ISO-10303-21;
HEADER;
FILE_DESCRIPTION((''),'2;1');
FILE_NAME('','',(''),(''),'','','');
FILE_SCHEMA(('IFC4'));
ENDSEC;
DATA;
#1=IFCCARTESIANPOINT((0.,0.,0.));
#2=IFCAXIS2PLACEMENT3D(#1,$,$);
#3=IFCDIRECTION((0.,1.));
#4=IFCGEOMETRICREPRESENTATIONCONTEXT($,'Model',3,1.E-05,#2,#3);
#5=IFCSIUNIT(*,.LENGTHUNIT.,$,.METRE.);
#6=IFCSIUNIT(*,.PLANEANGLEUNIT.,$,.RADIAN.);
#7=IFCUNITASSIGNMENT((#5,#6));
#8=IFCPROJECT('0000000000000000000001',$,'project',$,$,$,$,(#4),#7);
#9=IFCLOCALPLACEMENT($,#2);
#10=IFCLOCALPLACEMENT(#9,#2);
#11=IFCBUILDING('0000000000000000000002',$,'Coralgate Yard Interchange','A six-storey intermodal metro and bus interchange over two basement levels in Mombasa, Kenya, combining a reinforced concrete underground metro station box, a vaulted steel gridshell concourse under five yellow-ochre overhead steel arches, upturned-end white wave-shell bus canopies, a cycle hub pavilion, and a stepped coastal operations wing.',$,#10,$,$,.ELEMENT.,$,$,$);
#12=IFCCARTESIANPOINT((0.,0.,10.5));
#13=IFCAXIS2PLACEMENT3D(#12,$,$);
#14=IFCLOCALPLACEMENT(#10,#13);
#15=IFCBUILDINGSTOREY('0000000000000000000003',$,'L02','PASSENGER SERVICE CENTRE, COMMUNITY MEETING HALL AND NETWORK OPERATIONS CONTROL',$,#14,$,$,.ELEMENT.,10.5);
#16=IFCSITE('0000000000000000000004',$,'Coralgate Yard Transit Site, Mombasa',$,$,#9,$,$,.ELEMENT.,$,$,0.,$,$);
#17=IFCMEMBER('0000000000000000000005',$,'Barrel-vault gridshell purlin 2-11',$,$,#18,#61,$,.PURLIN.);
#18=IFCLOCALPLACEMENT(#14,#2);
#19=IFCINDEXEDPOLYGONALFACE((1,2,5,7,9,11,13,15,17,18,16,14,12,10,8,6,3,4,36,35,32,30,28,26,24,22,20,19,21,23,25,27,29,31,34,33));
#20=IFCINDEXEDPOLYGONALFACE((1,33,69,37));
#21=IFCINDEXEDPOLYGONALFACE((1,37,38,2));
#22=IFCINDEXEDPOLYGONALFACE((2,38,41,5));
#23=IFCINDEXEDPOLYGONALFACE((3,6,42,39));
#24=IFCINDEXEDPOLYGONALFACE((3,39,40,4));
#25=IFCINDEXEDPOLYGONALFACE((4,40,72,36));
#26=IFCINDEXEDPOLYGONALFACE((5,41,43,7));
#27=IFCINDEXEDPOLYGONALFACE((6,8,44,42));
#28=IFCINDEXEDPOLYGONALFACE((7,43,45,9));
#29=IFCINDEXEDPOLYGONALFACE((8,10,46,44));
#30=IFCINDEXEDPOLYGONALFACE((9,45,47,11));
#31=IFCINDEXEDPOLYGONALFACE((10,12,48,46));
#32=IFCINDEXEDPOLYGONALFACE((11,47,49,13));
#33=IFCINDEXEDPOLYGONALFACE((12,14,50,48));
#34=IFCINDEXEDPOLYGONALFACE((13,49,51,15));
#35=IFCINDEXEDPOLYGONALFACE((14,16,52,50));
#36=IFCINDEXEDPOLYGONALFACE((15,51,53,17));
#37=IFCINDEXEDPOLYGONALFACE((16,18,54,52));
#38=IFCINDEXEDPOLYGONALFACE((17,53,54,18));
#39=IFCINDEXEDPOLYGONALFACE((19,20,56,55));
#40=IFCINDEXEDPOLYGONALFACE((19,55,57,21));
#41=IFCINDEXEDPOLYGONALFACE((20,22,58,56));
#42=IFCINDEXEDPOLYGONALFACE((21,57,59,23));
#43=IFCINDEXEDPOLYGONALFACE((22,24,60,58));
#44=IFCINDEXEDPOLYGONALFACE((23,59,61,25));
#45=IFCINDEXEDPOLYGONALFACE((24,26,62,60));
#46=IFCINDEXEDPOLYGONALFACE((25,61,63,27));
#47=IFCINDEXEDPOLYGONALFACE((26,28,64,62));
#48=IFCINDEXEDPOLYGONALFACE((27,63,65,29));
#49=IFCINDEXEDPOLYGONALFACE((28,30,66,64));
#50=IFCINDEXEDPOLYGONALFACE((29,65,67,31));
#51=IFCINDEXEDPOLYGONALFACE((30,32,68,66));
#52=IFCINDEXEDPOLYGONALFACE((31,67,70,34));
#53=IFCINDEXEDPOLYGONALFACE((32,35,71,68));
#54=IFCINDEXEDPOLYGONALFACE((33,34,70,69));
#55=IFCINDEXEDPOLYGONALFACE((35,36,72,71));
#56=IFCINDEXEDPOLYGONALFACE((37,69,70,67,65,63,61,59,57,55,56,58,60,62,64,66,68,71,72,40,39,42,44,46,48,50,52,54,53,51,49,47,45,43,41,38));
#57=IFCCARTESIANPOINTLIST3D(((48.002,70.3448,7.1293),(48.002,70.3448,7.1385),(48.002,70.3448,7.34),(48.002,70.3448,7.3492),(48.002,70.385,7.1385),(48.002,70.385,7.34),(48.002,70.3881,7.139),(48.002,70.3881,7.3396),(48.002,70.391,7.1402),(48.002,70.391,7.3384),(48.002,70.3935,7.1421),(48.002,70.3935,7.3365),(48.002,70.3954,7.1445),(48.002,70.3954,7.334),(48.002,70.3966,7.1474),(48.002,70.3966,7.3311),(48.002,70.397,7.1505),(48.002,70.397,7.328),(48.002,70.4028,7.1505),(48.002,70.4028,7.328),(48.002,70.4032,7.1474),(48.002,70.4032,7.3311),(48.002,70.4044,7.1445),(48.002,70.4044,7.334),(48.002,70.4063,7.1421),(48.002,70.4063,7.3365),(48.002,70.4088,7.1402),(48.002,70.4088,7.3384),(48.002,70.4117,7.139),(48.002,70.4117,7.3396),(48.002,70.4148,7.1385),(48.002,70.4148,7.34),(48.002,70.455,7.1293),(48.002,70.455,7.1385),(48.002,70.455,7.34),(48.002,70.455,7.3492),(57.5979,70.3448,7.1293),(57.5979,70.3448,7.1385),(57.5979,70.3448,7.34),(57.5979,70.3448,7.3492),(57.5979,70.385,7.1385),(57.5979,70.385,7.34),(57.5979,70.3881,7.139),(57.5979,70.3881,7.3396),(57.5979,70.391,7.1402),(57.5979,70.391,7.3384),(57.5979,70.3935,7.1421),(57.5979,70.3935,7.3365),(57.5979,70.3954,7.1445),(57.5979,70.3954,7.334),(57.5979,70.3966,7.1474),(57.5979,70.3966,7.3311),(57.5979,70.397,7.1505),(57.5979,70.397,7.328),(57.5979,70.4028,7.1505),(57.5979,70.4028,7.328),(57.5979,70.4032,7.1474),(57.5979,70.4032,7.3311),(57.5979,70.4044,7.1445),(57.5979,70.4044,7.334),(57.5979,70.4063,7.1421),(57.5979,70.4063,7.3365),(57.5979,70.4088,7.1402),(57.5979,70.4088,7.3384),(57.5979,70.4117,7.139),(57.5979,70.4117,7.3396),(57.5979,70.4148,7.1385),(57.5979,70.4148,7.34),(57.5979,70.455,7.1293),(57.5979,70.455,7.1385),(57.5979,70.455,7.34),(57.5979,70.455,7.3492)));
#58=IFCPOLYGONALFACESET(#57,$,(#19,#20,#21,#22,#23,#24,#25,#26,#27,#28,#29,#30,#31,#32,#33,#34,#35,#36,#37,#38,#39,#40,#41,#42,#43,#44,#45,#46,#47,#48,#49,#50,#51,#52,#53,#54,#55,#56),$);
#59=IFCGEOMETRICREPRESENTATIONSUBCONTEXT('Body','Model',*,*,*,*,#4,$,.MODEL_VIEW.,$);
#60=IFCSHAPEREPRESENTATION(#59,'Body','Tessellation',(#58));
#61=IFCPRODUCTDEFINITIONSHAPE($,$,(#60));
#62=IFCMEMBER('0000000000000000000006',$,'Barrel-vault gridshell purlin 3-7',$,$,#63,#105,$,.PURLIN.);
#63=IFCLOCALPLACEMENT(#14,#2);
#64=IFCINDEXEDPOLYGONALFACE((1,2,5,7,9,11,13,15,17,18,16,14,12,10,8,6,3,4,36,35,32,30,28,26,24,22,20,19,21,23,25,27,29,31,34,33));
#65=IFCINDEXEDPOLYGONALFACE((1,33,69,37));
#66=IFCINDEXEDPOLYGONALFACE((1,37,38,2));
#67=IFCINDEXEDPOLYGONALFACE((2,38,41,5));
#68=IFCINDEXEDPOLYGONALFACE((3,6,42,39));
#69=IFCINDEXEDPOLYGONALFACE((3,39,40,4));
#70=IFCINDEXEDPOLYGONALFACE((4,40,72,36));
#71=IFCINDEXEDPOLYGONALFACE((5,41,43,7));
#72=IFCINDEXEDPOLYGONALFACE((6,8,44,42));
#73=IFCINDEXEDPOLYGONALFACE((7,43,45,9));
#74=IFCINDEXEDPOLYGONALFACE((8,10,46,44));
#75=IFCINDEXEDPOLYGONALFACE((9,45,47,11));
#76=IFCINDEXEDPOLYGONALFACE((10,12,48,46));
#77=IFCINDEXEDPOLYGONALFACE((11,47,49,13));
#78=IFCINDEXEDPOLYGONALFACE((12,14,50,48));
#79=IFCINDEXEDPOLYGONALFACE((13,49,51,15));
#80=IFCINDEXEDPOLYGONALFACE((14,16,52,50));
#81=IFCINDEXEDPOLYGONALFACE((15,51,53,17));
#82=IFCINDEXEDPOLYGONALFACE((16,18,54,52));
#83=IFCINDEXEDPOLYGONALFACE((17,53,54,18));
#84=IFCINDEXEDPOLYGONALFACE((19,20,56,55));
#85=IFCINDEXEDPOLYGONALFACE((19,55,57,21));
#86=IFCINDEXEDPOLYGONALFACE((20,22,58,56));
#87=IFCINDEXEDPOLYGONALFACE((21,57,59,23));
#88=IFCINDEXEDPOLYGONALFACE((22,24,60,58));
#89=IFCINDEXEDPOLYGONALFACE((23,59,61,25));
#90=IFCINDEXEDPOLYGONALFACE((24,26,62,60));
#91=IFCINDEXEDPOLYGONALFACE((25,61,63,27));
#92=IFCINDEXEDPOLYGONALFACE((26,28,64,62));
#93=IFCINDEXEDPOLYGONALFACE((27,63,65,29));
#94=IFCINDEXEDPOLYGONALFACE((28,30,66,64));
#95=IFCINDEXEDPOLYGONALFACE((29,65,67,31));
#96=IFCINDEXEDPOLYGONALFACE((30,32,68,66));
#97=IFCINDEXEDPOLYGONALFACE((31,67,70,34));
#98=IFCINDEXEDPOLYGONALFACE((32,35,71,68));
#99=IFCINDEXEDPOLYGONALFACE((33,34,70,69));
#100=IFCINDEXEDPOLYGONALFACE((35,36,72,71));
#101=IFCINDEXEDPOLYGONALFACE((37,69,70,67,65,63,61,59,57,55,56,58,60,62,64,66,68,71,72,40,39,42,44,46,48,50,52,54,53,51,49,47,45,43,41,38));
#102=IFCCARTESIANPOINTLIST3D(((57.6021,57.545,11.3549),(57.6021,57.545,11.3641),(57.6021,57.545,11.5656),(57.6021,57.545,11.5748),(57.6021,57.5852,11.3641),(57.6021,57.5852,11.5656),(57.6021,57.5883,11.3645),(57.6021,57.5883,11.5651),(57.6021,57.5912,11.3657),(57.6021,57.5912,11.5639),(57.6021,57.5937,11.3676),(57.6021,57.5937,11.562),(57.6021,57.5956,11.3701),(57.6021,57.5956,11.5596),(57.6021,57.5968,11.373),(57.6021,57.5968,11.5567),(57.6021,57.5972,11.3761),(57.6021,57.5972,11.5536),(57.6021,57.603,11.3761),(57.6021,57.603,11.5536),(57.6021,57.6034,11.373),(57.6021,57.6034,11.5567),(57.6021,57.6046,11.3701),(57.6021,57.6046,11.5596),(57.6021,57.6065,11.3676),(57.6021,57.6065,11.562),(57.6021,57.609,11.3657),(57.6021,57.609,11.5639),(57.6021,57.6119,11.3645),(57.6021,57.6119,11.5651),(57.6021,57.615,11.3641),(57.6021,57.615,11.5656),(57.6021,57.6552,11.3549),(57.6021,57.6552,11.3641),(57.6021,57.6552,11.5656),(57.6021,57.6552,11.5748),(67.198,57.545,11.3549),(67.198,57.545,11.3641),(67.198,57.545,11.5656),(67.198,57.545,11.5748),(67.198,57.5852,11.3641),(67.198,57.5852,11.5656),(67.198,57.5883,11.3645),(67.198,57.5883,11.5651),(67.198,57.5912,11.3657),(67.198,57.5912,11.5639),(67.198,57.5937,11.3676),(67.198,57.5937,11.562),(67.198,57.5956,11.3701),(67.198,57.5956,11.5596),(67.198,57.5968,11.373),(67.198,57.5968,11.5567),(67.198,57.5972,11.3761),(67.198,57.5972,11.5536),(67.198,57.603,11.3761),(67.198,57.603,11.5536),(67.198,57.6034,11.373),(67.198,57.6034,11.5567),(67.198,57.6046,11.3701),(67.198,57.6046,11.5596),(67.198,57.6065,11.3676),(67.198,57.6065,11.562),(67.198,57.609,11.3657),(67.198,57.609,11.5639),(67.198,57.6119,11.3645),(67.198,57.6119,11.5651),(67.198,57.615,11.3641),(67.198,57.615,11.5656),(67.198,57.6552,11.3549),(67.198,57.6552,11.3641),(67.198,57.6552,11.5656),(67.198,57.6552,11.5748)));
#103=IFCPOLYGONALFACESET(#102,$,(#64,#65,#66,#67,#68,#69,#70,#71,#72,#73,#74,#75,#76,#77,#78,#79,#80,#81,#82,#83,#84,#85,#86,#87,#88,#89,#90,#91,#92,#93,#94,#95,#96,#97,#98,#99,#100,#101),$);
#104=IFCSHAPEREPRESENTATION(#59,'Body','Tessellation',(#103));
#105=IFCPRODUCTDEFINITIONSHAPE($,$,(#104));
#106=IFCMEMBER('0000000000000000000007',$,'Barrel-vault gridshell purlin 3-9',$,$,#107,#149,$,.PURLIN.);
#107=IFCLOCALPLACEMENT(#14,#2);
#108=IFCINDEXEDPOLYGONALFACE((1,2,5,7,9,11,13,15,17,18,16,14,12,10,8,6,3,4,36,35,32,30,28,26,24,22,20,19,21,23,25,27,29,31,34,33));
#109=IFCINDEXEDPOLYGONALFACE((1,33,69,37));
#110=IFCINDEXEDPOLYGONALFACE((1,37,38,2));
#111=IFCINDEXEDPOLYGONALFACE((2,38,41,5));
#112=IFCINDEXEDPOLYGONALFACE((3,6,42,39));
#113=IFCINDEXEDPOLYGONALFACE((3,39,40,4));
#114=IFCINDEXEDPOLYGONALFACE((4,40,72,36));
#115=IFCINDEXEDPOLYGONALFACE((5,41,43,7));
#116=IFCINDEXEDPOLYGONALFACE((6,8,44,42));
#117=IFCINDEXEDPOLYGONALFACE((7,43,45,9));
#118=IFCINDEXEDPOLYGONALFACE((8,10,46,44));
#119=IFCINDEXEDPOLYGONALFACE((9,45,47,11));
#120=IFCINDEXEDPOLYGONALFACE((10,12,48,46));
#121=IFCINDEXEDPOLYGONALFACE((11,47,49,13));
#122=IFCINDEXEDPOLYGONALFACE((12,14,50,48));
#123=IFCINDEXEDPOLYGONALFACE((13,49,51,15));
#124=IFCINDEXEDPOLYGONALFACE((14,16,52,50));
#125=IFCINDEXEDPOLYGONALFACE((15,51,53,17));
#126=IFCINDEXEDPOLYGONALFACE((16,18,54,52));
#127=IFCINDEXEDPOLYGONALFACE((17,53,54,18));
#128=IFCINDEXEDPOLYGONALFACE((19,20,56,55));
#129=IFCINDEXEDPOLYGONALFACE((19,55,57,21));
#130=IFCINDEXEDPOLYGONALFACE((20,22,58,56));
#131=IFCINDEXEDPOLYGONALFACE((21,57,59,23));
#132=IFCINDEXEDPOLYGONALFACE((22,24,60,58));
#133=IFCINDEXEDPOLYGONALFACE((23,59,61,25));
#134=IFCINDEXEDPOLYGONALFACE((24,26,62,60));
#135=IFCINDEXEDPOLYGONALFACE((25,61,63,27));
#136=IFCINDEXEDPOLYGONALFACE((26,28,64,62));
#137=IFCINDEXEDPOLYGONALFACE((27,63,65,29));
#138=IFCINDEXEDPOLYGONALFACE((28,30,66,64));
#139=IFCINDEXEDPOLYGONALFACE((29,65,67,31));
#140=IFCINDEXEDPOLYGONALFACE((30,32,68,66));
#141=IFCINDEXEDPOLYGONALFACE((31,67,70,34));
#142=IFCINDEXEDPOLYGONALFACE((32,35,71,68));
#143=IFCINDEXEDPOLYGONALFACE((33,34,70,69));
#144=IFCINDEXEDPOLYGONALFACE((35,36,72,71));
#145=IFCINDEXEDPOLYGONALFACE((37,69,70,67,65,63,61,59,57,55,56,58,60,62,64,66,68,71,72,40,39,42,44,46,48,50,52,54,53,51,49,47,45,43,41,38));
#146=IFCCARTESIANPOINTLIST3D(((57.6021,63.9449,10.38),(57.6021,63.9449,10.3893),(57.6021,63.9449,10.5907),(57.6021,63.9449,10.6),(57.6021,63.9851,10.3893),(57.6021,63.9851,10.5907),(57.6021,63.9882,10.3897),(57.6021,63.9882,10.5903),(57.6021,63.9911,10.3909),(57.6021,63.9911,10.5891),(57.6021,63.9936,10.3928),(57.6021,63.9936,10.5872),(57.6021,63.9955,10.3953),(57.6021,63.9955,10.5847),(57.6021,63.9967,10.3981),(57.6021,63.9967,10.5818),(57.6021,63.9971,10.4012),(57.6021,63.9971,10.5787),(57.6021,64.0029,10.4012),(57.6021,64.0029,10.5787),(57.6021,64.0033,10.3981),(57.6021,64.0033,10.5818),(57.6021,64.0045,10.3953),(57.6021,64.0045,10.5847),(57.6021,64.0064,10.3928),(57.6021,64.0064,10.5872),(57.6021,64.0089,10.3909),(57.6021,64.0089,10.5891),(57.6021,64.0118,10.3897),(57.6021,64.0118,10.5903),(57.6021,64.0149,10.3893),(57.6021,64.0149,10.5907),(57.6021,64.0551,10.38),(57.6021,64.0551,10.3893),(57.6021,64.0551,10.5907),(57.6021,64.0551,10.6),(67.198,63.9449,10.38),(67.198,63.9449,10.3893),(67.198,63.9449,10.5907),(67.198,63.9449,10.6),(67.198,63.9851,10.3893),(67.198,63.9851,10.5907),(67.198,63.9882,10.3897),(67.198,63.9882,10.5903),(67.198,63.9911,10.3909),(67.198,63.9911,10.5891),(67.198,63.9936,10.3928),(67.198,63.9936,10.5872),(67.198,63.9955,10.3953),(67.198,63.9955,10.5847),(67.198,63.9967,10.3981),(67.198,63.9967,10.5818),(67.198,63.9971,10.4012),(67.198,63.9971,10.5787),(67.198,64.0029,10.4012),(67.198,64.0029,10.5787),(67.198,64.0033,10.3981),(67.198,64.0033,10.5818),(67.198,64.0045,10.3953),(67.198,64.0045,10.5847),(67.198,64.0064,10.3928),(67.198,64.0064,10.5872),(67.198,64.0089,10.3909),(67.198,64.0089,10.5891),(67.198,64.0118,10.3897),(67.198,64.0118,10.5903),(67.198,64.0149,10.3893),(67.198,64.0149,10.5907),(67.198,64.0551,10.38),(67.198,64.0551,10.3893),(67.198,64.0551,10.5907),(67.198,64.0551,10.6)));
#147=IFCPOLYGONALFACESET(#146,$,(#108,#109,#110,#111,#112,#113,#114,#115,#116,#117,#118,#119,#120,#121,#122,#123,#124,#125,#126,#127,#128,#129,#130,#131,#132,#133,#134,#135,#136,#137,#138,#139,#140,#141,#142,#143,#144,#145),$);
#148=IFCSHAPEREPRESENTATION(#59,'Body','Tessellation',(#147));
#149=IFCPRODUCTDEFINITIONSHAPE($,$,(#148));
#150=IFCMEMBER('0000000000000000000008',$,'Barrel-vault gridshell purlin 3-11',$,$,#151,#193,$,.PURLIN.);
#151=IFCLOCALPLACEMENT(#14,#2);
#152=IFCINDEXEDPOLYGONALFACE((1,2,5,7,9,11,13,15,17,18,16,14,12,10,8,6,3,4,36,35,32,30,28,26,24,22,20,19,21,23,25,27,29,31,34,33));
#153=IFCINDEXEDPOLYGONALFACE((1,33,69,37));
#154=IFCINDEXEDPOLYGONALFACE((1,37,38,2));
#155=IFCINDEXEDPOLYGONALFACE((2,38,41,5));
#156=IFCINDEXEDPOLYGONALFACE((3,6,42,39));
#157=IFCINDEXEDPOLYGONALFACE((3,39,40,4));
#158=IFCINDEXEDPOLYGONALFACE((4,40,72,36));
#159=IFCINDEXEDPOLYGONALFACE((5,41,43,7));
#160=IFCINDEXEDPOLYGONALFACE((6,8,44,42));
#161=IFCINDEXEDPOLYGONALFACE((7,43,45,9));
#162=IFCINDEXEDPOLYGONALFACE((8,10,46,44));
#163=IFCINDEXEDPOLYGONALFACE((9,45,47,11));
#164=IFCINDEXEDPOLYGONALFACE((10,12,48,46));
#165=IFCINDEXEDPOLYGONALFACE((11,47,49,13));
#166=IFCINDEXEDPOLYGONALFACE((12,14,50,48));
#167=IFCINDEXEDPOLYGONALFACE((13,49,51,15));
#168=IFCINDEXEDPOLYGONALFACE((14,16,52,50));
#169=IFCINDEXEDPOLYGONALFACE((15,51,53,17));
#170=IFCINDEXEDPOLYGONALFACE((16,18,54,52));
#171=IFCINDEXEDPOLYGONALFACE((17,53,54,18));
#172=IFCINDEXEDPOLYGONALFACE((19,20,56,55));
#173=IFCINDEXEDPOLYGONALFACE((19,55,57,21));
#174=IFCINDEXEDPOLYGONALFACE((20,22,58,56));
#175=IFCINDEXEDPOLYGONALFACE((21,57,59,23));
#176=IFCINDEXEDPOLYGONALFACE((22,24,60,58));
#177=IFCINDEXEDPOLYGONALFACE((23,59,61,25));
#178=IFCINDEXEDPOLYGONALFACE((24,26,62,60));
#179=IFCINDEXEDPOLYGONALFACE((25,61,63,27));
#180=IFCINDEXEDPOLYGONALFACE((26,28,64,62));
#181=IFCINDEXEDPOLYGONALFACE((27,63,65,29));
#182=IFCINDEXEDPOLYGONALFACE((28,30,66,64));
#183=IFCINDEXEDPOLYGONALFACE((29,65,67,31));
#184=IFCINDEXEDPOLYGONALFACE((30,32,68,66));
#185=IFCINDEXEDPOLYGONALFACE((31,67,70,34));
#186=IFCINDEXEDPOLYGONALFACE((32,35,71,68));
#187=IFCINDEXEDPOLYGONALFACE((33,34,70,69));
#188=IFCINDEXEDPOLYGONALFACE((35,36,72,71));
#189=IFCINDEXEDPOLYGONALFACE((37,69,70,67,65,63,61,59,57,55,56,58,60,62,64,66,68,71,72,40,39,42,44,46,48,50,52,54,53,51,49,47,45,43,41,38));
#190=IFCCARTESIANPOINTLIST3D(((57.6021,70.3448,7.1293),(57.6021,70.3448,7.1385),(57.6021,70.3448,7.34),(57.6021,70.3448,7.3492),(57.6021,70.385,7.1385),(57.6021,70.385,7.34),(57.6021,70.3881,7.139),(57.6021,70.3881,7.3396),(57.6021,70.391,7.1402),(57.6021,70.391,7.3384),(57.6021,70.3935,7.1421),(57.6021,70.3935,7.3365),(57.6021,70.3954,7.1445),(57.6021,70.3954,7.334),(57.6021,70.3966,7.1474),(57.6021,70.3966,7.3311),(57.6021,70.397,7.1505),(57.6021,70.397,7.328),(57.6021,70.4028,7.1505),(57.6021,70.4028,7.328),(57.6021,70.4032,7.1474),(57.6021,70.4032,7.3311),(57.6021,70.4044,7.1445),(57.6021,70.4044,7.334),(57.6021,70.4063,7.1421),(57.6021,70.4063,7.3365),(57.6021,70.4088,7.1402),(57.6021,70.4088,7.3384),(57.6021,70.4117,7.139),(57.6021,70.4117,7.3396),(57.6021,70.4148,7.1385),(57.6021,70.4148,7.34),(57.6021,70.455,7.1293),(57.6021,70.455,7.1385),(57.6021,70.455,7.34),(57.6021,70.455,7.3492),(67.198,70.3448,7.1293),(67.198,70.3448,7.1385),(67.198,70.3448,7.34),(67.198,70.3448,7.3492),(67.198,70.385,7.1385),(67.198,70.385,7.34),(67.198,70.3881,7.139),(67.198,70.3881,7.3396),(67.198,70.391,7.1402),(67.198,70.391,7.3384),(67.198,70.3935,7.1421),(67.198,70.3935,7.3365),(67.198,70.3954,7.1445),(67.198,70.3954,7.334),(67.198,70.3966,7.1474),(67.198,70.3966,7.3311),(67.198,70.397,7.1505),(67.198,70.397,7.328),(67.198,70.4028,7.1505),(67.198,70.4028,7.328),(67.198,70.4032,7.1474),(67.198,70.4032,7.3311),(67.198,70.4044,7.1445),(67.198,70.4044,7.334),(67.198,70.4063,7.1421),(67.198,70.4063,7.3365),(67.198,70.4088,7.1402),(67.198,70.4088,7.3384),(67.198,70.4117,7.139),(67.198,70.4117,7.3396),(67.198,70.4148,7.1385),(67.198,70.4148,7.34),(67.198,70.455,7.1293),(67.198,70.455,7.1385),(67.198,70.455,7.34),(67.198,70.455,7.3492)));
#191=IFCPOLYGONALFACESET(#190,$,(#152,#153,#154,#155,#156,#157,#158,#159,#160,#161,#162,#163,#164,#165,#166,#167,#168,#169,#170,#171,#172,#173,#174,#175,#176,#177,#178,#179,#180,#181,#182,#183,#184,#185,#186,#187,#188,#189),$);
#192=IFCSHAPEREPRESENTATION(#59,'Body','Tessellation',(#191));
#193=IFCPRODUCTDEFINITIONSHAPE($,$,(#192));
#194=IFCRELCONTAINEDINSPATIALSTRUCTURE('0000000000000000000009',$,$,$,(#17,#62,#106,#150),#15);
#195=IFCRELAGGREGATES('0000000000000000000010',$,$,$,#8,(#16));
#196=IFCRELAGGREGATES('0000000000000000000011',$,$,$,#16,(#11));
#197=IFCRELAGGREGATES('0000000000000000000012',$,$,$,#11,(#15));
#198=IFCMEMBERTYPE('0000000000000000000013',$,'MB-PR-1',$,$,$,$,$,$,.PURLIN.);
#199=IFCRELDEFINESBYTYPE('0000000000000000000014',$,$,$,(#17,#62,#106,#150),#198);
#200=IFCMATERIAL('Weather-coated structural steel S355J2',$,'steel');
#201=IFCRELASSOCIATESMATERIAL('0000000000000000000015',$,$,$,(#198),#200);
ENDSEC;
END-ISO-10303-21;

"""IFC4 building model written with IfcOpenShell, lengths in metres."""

from ifc_helpers import new_model, si_unit, direction, frame, origin, origin_2d, place, context, subcontext, project, spatial, i_section, extrude, material, material_profile, profile_set, type_object, element, save


model = new_model("IFC4")

# Units and contexts
model_context = context("Model", 3, precision=1e-05, world=origin(), true_north=direction((0.0, 1.0)))
body_context = subcontext(model_context, "Body", "Model", "MODEL_VIEW")
ifc_project = project(units=[si_unit("LENGTHUNIT", "METRE"), si_unit("PLANEANGLEUNIT", "RADIAN")], contexts=[model_context])

# Site, building, storey
site_placement = place(None, origin())
site = spatial("IfcSite", under=ifc_project, at=site_placement, Name="Coralgate Yard Transit Site, Mombasa", CompositionType="ELEMENT", RefElevation=0.0)
building_placement = place(site_placement, origin())
building = spatial("IfcBuilding", under=site, at=building_placement, Name="Coralgate Yard Interchange", Description="A six-storey intermodal metro and bus interchange over two basement levels in Mombasa, Kenya, combining a reinforced concrete underground metro station box, a vaulted steel gridshell concourse under five yellow-ochre overhead steel arches, upturned-end white wave-shell bus canopies, a cycle hub pavilion, and a stepped coastal operations wing.", CompositionType="ELEMENT")
storey_placement = place(building_placement, frame((0.0, 0.0, 10.5)))
storey = spatial("IfcBuildingStorey", under=building, at=storey_placement, Name="L02", Description="PASSENGER SERVICE CENTRE, COMMUNITY MEETING HALL AND NETWORK OPERATIONS CONTROL", CompositionType="ELEMENT", Elevation=10.5)

# Shared definitions
ifc_material_1 = material(Name="Weather-coated structural steel S355J2", Category="steel")

# Members
ifc_material_profile_1 = material_profile(ifc_material_1, i_section(OverallWidth=0.1101, OverallDepth=0.22, WebThickness=0.0059, FlangeThickness=0.0093, FilletRadius=0.012, at=origin_2d()), Name="IPE 220")
ifc_profile_set_1 = profile_set([ifc_material_profile_1], Name="Weather-coated structural steel S355J2")
member_type_1 = type_object("IfcMemberType", Name="MB-PR-1", PredefinedType="PURLIN", material=ifc_profile_set_1)
for number, where, z_axis, x_axis, name in (
    (1, (48.002, 70.3999, 7.2393), (1.0, 0.0, 0.0), (0.0, 1.0, 0.0), "Barrel-vault gridshell purlin 2-11"),
    (2, (57.6021, 57.6001, 11.4648), (1.0, 0.0, 0.0), (0.0, 1.0, 0.0), "Barrel-vault gridshell purlin 3-7"),
    (3, (57.6021, 64.0, 10.49), (1.0, 0.0, 0.0), (0.0, 1.0, 0.0), "Barrel-vault gridshell purlin 3-9"),
    (4, (57.6021, 70.3999, 7.2393), (1.0, 0.0, 0.0), (0.0, 1.0, 0.0), "Barrel-vault gridshell purlin 3-11"),
):
    element("IfcMember", number, at=place(storey_placement, frame(where, z_axis=z_axis, x_axis=x_axis)), inside=storey, type_object=member_type_1, Name=name, PredefinedType="PURLIN", context=body_context, shape_type="SweptSolid", body=[
        extrude(i_section(OverallWidth=0.1101, OverallDepth=0.22, WebThickness=0.0059, FlangeThickness=0.0093, FilletRadius=0.012, at=origin_2d()), origin(), (0.0, 0.0, 1.0), 9.5959),
    ])

save(model, "model.ifc")
